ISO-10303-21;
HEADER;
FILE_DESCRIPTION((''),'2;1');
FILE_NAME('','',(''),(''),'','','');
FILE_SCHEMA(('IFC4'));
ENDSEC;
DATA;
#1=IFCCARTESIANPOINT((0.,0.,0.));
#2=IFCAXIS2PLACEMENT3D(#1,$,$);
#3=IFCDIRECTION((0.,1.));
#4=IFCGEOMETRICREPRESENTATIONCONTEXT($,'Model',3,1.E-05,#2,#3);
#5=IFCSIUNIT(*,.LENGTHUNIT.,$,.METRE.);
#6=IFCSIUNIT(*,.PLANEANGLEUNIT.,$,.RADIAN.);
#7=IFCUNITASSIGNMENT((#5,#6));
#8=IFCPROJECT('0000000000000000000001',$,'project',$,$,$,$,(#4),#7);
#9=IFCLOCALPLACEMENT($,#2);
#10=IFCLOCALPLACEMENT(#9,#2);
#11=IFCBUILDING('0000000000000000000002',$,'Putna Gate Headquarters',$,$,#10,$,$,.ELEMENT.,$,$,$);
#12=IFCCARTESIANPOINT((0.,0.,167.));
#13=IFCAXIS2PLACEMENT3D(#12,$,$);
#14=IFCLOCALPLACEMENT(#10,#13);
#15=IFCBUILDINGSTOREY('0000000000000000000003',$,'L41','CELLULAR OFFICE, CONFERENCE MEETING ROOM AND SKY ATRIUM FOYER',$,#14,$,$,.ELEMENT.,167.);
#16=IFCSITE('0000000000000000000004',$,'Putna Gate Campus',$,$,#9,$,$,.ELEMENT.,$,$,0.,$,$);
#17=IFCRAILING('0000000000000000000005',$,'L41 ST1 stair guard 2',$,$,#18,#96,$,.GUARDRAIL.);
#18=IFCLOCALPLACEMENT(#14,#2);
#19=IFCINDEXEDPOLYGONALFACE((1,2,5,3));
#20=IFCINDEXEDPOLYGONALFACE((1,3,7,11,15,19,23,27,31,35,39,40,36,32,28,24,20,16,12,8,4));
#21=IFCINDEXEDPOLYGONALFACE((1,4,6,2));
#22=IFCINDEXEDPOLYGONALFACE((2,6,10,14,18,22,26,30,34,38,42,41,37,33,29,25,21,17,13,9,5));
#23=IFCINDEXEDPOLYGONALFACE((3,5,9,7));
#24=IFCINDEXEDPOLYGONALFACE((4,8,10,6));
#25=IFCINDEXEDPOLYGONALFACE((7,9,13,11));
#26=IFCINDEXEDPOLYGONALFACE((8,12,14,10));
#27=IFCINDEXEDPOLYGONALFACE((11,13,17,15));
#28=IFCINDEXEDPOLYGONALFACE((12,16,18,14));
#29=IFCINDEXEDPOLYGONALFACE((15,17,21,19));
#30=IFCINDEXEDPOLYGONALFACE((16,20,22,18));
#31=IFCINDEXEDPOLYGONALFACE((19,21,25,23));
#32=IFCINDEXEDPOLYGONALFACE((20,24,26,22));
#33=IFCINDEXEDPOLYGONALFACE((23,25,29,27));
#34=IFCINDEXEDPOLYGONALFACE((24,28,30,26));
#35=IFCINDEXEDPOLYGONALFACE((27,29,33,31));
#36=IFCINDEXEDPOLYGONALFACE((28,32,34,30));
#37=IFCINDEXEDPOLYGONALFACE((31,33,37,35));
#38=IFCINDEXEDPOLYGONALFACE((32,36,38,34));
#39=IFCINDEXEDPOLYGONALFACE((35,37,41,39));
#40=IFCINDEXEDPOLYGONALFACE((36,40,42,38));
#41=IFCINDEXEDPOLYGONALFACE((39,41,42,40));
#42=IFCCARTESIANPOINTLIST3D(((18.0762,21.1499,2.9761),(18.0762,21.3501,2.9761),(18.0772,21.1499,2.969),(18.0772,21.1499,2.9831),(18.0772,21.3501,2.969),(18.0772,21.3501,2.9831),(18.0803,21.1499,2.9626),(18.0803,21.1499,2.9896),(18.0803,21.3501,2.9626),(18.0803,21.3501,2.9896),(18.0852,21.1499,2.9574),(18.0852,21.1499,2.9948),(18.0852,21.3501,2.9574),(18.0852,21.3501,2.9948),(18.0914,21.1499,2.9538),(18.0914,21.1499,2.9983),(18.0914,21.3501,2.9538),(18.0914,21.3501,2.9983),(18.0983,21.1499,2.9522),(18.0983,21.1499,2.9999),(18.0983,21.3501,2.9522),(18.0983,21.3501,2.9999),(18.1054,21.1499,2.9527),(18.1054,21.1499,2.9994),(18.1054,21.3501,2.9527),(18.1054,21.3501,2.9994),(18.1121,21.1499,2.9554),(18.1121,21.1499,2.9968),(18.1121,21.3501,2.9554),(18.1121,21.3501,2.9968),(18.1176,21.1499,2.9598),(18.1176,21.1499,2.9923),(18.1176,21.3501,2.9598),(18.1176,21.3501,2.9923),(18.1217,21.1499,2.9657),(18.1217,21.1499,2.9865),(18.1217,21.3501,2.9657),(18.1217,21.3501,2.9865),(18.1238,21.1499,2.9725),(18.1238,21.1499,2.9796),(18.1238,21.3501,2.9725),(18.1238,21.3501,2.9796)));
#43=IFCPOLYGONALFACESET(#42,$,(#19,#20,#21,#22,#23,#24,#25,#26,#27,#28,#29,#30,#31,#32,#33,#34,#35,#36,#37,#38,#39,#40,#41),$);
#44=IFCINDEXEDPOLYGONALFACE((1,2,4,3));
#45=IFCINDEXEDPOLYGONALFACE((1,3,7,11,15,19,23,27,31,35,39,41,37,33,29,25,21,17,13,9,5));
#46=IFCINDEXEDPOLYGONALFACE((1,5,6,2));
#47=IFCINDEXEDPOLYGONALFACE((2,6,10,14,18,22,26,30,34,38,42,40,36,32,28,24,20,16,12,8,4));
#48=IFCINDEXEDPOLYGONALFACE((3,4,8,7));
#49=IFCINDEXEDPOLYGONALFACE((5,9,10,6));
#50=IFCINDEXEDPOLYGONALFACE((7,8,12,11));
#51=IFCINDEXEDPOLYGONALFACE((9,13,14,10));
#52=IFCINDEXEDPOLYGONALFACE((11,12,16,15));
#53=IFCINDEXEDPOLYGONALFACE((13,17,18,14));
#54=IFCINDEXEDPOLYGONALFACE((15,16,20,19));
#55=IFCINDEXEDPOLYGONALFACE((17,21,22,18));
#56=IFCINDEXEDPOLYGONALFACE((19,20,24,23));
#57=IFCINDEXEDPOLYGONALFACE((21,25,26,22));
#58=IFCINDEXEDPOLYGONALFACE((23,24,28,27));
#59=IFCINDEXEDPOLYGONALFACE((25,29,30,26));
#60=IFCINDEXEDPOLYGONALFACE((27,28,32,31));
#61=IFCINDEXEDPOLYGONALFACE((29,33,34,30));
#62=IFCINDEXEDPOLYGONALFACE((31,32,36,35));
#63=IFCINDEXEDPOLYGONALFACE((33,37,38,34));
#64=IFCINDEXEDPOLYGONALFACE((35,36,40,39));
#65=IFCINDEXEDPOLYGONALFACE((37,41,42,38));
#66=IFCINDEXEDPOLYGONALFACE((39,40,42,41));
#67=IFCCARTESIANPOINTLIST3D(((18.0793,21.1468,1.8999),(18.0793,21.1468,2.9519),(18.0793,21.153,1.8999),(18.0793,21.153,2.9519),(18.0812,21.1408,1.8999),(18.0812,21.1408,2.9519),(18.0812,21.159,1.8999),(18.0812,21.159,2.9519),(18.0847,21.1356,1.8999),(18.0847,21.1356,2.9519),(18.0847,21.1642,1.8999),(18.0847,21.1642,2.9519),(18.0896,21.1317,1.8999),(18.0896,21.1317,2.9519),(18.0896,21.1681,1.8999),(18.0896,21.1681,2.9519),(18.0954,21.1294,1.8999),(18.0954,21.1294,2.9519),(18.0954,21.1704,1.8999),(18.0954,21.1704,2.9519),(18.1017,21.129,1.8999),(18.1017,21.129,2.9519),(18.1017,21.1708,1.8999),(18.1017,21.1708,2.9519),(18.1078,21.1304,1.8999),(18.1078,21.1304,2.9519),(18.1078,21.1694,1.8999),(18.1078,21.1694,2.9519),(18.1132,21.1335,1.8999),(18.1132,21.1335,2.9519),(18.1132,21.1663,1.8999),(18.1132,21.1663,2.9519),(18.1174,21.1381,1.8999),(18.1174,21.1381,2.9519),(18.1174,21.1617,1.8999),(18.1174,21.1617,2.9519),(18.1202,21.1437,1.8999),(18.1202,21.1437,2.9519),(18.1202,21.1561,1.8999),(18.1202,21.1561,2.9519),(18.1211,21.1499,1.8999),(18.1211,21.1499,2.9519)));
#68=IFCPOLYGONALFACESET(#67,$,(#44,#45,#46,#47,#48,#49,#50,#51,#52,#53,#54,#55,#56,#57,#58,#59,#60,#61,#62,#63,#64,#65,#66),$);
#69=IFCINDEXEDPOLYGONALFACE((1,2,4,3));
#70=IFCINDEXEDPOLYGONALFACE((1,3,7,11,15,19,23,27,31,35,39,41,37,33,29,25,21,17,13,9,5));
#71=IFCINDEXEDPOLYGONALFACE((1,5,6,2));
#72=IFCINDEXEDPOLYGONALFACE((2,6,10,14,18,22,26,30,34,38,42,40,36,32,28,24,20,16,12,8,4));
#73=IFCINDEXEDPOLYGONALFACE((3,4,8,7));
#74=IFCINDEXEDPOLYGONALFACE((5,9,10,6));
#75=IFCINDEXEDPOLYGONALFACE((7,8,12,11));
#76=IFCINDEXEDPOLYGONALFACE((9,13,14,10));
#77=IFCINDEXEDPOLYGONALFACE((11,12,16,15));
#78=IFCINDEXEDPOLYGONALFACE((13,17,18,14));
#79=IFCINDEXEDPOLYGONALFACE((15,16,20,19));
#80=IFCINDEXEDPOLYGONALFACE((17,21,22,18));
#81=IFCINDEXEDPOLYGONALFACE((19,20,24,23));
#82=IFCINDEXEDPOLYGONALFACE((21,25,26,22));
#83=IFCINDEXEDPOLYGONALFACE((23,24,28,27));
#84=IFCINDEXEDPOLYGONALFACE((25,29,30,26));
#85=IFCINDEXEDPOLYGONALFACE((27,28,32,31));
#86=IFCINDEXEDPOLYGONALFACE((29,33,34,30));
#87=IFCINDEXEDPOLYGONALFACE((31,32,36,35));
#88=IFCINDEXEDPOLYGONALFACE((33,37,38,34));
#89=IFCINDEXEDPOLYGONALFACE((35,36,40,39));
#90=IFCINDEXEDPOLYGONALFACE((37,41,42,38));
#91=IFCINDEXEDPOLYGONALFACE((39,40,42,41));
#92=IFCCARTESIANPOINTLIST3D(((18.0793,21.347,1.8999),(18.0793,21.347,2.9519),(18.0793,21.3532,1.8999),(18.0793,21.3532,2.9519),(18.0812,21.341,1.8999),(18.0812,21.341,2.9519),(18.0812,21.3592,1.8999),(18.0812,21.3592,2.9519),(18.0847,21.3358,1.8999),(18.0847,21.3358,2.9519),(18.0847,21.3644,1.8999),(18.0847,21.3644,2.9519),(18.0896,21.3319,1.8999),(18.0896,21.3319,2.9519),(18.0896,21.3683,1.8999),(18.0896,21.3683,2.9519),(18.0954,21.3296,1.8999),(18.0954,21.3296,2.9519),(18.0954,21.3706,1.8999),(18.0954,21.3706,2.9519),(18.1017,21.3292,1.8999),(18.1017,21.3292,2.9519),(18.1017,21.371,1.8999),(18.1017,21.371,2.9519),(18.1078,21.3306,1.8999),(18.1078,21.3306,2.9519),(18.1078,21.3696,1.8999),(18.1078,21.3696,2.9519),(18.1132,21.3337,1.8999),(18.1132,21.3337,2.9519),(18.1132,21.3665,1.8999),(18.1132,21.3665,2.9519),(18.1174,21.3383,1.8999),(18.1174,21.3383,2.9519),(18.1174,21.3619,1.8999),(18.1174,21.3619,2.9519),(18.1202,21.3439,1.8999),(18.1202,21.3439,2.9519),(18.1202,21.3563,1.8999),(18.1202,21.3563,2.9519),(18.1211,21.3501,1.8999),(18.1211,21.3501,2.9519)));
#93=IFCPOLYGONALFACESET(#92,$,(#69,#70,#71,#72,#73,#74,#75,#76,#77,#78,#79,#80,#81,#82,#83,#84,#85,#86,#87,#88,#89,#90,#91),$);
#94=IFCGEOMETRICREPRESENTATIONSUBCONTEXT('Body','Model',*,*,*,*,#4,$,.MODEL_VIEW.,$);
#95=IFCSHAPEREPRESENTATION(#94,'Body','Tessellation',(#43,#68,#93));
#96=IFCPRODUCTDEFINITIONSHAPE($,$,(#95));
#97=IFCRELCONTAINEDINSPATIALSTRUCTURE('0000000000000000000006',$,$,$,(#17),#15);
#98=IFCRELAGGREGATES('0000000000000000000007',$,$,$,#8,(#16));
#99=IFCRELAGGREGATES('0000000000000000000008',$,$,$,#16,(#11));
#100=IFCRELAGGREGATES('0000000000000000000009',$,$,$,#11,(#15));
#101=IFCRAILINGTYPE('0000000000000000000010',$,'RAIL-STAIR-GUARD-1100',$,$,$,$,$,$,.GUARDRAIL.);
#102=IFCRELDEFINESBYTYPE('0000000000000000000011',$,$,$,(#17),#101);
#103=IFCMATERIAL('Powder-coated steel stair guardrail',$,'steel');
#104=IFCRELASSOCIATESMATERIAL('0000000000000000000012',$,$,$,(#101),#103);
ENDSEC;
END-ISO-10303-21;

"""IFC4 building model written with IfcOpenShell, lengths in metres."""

from ifc_helpers import new_model, si_unit, direction, frame, origin, origin_2d, place, context, subcontext, project, spatial, circle, extrude, material, type_object, element, save


model = new_model("IFC4")

# Units and contexts
model_context = context("Model", 3, precision=1e-05, world=origin(), true_north=direction((0.0, 1.0)))
body_context = subcontext(model_context, "Body", "Model", "MODEL_VIEW")
ifc_project = project(units=[si_unit("LENGTHUNIT", "METRE"), si_unit("PLANEANGLEUNIT", "RADIAN")], contexts=[model_context])

# Site, building, storey
site_placement = place(None, origin())
site = spatial("IfcSite", under=ifc_project, at=site_placement, Name="Putna Gate Campus", CompositionType="ELEMENT", RefElevation=0.0)
building_placement = place(site_placement, origin())
building = spatial("IfcBuilding", under=site, at=building_placement, Name="Putna Gate Headquarters", CompositionType="ELEMENT")
storey_placement = place(building_placement, frame((0.0, 0.0, 167.0)))
storey = spatial("IfcBuildingStorey", under=building, at=storey_placement, Name="L41", Description="CELLULAR OFFICE, CONFERENCE MEETING ROOM AND SKY ATRIUM FOYER", CompositionType="ELEMENT", Elevation=167.0)

# Railing
ifc_material_1 = material(Name="Powder-coated steel stair guardrail", Category="steel")
railing_type_1 = type_object("IfcRailingType", Name="RAIL-STAIR-GUARD-1100", PredefinedType="GUARDRAIL", material=ifc_material_1)
railing_1_placement = place(storey_placement, frame((18.1001, 21.1499, 1.8999)))
element("IfcRailing", 1, at=railing_1_placement, inside=storey, type_object=railing_type_1, Name="L41 ST1 stair guard 2", PredefinedType="GUARDRAIL", context=body_context, shape_type="SweptSolid", body=[
    extrude(circle(Radius=0.0239, at=origin_2d()), frame((0.0, 0.0, 1.0762), z_axis=(0.0, 1.0, 0.0), x_axis=(-1.0, 0.0, 0.0)), (0.0, 0.0, 1.0), 0.2002),
    extrude(circle(Radius=0.021, at=origin_2d()), origin(), (0.0, 0.0, 1.0), 1.052),
    extrude(circle(Radius=0.021, at=origin_2d()), frame((0.0, 0.2002, 0.0)), (0.0, 0.0, 1.0), 1.052),
])

save(model, "model.ifc")
